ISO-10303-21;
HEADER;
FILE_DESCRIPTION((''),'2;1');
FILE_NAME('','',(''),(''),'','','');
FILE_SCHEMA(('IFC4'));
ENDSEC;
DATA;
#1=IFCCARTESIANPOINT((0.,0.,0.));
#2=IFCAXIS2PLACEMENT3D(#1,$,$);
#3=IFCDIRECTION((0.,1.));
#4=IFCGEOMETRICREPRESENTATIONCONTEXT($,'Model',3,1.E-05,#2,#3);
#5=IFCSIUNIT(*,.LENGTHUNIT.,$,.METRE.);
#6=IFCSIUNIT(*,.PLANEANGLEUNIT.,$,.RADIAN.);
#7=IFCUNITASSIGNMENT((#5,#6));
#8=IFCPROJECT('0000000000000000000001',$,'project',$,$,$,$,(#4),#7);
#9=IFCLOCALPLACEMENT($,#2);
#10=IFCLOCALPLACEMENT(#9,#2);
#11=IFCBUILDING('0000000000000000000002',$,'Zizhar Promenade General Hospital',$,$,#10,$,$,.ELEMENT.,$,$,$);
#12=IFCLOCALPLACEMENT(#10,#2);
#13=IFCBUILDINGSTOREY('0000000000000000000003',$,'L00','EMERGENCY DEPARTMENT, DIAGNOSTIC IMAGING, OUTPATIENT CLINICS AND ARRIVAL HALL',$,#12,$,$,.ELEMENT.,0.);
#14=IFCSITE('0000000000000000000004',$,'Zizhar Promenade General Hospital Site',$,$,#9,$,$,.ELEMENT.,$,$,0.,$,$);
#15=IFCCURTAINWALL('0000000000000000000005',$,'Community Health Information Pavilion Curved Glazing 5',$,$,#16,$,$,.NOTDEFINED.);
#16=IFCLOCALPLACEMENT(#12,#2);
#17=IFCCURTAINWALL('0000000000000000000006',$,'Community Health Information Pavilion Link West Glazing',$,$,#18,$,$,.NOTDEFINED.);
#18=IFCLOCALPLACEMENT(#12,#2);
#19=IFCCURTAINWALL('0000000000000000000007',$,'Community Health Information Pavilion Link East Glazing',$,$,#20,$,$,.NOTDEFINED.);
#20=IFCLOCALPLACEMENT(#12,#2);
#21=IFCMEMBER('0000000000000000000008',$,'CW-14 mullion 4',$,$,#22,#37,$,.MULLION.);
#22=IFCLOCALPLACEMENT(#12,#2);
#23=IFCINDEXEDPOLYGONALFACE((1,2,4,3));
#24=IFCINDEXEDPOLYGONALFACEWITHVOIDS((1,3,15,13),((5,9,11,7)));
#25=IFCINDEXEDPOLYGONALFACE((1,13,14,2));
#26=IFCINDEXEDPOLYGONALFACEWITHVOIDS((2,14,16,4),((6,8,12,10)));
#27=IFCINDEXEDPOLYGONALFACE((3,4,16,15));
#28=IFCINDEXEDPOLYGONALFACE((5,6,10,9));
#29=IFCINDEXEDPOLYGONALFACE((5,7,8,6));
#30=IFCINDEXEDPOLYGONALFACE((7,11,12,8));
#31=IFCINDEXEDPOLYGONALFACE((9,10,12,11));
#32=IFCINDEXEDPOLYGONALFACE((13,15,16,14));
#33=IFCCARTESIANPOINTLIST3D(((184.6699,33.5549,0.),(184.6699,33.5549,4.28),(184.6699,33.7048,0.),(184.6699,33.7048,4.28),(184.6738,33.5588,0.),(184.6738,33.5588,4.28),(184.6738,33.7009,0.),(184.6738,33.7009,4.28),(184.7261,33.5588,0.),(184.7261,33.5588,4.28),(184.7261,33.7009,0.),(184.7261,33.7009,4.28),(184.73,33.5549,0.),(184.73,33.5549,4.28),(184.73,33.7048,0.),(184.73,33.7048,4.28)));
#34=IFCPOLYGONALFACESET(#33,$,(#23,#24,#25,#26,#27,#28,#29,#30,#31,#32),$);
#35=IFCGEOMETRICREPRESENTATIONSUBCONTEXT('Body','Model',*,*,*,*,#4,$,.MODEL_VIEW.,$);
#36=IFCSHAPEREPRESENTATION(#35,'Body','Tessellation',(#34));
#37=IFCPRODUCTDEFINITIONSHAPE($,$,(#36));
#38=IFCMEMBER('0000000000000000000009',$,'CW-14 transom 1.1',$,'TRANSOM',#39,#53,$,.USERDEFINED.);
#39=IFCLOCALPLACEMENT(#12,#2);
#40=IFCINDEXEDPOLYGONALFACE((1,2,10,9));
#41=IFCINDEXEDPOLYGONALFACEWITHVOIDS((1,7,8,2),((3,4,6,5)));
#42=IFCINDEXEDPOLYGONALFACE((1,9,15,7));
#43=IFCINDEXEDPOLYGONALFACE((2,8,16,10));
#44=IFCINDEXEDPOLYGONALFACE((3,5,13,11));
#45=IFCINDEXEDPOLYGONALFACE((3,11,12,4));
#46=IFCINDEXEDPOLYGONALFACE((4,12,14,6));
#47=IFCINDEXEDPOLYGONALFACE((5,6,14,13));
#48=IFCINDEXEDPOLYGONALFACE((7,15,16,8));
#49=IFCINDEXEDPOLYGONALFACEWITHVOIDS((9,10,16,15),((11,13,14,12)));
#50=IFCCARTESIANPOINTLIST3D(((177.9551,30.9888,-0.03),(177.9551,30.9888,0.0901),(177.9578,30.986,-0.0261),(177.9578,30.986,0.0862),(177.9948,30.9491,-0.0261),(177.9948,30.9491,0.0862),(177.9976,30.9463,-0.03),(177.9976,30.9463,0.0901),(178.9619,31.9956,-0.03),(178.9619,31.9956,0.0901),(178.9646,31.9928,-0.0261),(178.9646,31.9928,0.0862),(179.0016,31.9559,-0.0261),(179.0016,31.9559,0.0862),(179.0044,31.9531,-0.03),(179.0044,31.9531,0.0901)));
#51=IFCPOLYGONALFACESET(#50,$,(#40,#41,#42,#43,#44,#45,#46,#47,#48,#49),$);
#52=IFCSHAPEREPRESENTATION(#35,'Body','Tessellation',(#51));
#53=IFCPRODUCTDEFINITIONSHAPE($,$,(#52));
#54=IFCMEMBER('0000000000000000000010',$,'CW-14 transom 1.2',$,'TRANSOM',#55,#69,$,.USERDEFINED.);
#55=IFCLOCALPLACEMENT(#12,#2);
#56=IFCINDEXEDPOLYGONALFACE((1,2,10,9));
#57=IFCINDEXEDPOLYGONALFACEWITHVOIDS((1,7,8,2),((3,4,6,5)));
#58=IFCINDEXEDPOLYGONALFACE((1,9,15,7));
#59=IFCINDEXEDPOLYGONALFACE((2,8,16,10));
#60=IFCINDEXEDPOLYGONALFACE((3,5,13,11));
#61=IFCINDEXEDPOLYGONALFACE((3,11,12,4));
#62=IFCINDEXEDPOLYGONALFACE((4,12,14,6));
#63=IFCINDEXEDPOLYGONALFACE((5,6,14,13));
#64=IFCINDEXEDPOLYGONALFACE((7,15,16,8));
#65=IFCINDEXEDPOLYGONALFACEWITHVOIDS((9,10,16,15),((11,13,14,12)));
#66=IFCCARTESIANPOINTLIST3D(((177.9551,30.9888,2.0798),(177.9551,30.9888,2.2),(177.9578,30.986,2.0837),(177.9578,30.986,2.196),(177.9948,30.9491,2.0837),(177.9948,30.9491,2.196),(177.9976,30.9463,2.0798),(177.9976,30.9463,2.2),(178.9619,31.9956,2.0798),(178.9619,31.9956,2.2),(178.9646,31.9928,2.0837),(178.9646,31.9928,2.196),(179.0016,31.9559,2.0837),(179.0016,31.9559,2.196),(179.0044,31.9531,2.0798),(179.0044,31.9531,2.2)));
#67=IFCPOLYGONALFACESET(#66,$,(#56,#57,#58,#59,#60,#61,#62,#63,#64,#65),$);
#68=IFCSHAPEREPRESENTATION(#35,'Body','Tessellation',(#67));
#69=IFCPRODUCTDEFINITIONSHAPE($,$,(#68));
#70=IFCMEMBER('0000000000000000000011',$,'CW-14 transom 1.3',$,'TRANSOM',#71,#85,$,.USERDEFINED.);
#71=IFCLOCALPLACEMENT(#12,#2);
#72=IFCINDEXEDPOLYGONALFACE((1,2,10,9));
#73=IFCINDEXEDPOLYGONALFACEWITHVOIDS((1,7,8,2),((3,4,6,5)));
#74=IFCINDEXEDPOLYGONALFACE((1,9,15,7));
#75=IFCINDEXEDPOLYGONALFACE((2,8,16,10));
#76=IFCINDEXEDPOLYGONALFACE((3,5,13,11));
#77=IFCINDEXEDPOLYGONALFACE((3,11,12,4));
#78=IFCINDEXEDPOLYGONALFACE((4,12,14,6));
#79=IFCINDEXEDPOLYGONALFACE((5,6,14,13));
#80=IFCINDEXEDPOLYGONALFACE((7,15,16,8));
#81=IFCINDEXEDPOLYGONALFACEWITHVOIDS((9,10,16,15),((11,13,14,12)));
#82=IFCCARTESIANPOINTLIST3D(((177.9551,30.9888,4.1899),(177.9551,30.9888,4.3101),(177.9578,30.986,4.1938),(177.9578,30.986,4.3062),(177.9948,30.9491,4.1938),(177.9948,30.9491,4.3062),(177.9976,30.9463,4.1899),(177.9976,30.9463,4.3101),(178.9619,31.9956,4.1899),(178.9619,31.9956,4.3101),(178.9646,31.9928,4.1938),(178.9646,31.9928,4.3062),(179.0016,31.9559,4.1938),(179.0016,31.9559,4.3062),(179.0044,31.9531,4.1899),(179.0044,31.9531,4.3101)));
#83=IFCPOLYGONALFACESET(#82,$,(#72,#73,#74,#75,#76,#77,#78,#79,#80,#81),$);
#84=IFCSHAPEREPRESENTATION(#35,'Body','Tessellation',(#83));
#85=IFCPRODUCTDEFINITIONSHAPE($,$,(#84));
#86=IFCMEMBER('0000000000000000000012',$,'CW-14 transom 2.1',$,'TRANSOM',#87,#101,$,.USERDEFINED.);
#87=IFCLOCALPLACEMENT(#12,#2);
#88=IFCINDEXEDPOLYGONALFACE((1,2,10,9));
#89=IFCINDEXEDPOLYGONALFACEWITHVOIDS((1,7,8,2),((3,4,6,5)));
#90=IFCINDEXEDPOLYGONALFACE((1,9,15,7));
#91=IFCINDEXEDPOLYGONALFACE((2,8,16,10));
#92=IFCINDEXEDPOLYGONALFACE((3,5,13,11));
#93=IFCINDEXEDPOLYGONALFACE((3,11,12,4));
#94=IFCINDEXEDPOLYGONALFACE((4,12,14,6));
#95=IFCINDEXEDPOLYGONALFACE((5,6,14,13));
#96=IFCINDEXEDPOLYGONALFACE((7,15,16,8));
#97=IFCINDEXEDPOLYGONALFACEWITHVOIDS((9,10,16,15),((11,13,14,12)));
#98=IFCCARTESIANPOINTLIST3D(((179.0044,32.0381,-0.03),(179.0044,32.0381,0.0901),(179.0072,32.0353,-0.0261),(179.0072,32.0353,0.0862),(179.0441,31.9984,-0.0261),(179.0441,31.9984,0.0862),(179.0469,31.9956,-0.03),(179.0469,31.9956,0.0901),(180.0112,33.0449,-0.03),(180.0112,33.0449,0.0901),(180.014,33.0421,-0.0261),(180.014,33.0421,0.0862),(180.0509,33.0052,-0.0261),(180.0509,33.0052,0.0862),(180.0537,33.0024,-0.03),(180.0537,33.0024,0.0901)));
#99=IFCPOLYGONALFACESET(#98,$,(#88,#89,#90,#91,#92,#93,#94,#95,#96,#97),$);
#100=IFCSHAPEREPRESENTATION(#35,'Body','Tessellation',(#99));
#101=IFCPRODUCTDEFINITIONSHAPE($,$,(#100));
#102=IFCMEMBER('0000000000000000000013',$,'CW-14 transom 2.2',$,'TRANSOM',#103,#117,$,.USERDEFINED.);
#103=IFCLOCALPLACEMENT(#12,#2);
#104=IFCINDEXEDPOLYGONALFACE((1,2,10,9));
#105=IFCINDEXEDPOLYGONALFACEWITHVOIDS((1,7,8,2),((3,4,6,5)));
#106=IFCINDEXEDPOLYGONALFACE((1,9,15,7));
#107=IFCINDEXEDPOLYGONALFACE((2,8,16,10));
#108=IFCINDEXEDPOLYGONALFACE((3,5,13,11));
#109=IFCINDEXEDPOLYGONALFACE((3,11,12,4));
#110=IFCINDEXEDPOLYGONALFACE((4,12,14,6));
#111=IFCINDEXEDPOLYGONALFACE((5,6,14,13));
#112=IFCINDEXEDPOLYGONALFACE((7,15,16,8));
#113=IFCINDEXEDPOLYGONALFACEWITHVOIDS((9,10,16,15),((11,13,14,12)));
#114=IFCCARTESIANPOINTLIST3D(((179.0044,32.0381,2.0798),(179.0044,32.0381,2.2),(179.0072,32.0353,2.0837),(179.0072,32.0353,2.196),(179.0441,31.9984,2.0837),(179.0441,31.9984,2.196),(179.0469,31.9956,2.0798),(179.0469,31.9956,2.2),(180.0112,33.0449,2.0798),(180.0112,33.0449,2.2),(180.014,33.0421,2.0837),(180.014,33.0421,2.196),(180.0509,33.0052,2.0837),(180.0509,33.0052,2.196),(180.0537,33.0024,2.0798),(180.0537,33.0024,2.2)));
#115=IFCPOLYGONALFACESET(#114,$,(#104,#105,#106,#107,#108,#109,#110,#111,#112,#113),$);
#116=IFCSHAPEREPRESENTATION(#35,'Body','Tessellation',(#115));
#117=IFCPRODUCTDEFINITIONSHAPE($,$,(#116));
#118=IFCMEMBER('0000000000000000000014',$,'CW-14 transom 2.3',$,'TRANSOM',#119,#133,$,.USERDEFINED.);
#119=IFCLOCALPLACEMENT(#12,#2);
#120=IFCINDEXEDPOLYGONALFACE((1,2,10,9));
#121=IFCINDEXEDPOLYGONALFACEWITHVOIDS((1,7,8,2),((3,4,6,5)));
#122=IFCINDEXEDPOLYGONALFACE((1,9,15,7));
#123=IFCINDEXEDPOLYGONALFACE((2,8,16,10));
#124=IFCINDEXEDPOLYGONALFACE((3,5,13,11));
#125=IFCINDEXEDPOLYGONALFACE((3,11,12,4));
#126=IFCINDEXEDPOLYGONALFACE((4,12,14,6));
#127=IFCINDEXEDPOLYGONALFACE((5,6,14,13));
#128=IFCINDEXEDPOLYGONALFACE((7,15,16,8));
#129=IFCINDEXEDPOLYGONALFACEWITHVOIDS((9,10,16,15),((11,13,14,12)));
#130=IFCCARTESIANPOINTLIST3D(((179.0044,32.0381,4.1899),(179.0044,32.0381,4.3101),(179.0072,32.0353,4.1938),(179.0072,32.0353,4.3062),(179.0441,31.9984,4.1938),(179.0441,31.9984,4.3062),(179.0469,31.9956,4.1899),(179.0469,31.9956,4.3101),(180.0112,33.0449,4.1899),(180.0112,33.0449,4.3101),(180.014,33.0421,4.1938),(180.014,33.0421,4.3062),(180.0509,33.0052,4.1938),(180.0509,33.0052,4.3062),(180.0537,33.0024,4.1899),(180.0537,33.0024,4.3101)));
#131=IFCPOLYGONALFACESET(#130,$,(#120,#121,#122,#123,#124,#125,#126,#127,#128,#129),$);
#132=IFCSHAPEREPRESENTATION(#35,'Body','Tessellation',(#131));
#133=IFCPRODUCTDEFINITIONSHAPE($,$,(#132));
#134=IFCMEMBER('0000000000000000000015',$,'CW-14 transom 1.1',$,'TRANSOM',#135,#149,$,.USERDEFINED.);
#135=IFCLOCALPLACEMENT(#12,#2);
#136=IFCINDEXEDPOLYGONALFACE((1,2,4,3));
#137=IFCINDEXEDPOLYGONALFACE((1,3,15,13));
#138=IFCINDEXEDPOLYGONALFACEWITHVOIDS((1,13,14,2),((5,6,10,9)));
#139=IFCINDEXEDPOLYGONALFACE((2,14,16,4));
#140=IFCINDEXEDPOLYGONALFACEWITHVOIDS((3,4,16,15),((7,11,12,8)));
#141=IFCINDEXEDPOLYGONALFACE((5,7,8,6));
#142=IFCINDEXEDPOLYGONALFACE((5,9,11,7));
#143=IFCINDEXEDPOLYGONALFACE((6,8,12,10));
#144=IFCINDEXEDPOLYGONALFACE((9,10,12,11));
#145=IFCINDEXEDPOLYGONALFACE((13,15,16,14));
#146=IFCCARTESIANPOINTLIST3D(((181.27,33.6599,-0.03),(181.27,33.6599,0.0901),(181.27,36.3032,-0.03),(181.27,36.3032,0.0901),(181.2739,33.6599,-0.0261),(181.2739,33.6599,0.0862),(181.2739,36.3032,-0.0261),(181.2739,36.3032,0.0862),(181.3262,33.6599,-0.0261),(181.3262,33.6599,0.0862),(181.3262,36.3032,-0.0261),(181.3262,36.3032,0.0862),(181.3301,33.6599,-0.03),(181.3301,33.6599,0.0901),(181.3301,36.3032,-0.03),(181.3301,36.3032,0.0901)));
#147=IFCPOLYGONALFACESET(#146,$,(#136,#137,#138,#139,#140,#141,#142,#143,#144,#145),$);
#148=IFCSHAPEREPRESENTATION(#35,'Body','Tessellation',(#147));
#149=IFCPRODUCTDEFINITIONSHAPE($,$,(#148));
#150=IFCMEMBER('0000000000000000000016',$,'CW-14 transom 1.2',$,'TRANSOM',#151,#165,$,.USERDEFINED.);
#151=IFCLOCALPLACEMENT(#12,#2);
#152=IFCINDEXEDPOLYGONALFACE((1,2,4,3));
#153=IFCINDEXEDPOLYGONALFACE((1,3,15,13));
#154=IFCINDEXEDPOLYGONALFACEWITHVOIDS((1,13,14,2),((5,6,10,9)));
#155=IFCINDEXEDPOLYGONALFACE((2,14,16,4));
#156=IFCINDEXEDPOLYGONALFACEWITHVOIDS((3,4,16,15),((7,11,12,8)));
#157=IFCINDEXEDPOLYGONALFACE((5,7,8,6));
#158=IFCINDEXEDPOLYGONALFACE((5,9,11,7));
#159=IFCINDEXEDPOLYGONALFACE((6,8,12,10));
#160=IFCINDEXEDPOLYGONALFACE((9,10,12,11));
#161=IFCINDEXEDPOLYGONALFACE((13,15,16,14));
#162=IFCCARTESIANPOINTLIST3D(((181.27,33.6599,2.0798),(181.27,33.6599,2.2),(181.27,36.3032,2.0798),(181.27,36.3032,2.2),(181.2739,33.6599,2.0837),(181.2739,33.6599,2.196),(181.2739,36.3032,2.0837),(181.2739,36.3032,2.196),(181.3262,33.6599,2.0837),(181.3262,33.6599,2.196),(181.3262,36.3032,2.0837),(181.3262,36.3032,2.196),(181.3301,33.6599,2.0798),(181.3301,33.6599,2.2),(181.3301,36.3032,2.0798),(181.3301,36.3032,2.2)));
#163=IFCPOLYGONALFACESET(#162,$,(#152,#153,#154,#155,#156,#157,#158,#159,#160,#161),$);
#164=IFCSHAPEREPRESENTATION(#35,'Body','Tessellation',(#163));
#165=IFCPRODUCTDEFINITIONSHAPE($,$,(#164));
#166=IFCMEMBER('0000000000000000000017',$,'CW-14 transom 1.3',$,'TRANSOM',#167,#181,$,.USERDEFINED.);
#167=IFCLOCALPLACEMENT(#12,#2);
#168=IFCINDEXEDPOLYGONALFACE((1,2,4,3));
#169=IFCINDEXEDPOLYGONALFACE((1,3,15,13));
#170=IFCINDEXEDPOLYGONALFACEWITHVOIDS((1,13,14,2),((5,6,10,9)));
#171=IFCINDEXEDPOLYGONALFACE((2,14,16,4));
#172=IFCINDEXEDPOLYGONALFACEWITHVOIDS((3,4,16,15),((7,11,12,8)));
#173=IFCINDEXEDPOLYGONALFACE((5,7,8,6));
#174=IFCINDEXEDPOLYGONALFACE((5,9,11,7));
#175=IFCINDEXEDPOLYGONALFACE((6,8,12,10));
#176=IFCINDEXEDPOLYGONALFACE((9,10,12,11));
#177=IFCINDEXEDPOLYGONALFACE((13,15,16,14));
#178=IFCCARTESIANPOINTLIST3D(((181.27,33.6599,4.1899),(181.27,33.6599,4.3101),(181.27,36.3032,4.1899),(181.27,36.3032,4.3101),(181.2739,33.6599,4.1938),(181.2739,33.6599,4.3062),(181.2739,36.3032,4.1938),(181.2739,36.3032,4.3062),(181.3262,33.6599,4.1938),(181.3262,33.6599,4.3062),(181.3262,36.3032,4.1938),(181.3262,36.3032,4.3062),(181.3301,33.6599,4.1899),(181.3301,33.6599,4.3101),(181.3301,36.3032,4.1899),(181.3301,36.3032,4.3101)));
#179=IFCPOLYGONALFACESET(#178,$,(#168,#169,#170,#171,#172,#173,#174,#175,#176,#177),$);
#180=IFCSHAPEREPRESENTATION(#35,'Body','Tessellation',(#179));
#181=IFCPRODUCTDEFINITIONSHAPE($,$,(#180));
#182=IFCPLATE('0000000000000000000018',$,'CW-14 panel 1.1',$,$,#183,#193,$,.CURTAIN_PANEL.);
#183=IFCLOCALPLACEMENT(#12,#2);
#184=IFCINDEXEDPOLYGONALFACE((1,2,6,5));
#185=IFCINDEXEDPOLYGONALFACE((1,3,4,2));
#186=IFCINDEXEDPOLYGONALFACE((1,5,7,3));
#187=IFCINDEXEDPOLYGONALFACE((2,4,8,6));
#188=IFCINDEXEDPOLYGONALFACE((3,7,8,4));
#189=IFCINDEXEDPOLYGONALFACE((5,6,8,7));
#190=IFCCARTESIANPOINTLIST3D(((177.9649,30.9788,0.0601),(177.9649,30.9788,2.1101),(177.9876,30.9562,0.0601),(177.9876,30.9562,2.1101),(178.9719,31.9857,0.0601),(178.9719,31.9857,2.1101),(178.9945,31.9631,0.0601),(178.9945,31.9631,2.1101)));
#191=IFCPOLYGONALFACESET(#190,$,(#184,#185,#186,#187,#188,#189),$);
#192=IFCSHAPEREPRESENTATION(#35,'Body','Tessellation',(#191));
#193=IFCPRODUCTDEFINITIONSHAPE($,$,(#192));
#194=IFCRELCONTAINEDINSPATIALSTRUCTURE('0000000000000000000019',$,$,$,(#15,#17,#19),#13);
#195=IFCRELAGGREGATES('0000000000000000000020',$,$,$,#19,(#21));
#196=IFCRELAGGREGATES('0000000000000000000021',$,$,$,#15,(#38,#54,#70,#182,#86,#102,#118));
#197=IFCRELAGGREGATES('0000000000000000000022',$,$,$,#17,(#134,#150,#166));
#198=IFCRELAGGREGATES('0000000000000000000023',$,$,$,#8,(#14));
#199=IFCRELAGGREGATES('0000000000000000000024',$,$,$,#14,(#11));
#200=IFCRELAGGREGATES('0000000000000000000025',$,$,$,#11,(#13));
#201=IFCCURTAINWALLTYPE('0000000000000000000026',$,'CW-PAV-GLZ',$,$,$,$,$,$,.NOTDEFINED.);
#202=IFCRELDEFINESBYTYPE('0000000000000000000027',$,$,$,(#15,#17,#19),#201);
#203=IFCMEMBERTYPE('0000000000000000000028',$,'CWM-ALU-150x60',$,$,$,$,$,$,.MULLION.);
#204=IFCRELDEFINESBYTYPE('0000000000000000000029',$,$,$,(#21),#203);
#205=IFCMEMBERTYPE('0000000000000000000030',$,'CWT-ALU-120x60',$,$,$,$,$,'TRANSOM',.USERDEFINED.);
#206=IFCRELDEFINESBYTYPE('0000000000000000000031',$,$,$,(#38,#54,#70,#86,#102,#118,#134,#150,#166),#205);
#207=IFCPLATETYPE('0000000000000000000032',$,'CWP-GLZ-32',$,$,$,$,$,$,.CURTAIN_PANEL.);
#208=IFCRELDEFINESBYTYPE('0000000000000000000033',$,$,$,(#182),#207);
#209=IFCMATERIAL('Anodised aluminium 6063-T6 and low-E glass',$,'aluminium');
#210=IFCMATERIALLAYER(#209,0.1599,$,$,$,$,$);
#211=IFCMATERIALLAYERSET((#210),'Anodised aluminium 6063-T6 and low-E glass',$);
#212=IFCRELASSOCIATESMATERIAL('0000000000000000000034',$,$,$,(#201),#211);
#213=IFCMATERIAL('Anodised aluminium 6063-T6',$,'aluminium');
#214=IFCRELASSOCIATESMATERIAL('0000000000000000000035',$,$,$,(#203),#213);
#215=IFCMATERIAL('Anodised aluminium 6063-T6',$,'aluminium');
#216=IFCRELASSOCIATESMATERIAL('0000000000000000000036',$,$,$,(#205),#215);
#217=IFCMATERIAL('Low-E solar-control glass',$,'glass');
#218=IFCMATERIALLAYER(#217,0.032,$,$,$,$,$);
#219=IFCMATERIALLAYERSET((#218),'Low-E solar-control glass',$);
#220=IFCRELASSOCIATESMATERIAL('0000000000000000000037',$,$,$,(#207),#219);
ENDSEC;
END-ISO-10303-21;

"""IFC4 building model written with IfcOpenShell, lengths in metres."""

from ifc_helpers import new_model, si_unit, direction, frame, origin, origin_2d, place, context, subcontext, project, spatial, rectangle, hollow_rectangle, extrude, material, layer, layer_set, material_profile, profile_set, type_object, element, aggregate, save


model = new_model("IFC4")

# Units and contexts
model_context = context("Model", 3, precision=1e-05, world=origin(), true_north=direction((0.0, 1.0)))
body_context = subcontext(model_context, "Body", "Model", "MODEL_VIEW")
ifc_project = project(units=[si_unit("LENGTHUNIT", "METRE"), si_unit("PLANEANGLEUNIT", "RADIAN")], contexts=[model_context])

# Site, building, storey
site_placement = place(None, origin())
site = spatial("IfcSite", under=ifc_project, at=site_placement, Name="Zizhar Promenade General Hospital Site", CompositionType="ELEMENT", RefElevation=0.0)
building_placement = place(site_placement, origin())
building = spatial("IfcBuilding", under=site, at=building_placement, Name="Zizhar Promenade General Hospital", CompositionType="ELEMENT")
storey_placement = place(building_placement, origin())
storey = spatial("IfcBuildingStorey", under=building, at=storey_placement, Name="L00", Description="EMERGENCY DEPARTMENT, DIAGNOSTIC IMAGING, OUTPATIENT CLINICS AND ARRIVAL HALL", CompositionType="ELEMENT", Elevation=0.0)

# Curtain wall
ifc_material_1 = material(Name="Anodised aluminium 6063-T6 and low-E glass", Category="aluminium")
ifc_layer_1 = layer(ifc_material_1, 0.1599)
ifc_layer_set_1 = layer_set([ifc_layer_1], Name="Anodised aluminium 6063-T6 and low-E glass")
curtain_wall_type = type_object("IfcCurtainWallType", Name="CW-PAV-GLZ", PredefinedType="NOTDEFINED", material=ifc_layer_set_1)
curtain_wall_1_placement = place(storey_placement, origin())
curtain_wall_1 = element("IfcCurtainWall", 1, at=curtain_wall_1_placement, inside=storey, type_object=curtain_wall_type, Name="Community Health Information Pavilion Curved Glazing 5", PredefinedType="NOTDEFINED")
ifc_material_2 = material(Name="Anodised aluminium 6063-T6", Category="aluminium")
ifc_material_profile_1 = material_profile(ifc_material_2, hollow_rectangle(XDim=0.0601, YDim=0.1499, WallThickness=0.0039, at=origin_2d()))
ifc_profile_set_1 = profile_set([ifc_material_profile_1], Name="Anodised aluminium 6063-T6")
member_type_1 = type_object("IfcMemberType", Name="CWM-ALU-150x60", PredefinedType="MULLION", material=ifc_profile_set_1)

# Curtain walls, member
curtain_wall_2_placement = place(storey_placement, origin())
curtain_wall_2 = element("IfcCurtainWall", 2, at=curtain_wall_2_placement, inside=storey, type_object=curtain_wall_type, Name="Community Health Information Pavilion Link West Glazing", PredefinedType="NOTDEFINED")
curtain_wall_3_placement = place(storey_placement, origin())
curtain_wall_3 = element("IfcCurtainWall", 3, at=curtain_wall_3_placement, inside=storey, type_object=curtain_wall_type, Name="Community Health Information Pavilion Link East Glazing", PredefinedType="NOTDEFINED")
member_1_placement = place(storey_placement, frame((184.7, 33.6299, 0.0), z_axis=(0.0, 0.0, 1.0), x_axis=(1.0, 0.0, 0.0)))
member_1 = element("IfcMember", 4, at=member_1_placement, type_object=member_type_1, Name="CW-14 mullion 4", PredefinedType="MULLION", context=body_context, shape_type="SweptSolid", body=[
    extrude(hollow_rectangle(XDim=0.0601, YDim=0.1499, WallThickness=0.0039, at=origin_2d()), origin(), (0.0, 0.0, 1.0), 4.28),
])
aggregate(curtain_wall_3, [member_1])

# Members
ifc_material_3 = material(Name="Anodised aluminium 6063-T6", Category="aluminium")
ifc_material_profile_2 = material_profile(ifc_material_3, hollow_rectangle(XDim=0.0601, YDim=0.1201, WallThickness=0.0039, at=origin_2d()))
ifc_profile_set_2 = profile_set([ifc_material_profile_2], Name="Anodised aluminium 6063-T6")
member_type_2 = type_object("IfcMemberType", Name="CWT-ALU-120x60", ElementType="TRANSOM", PredefinedType="USERDEFINED", material=ifc_profile_set_2)
member_2_placement = place(storey_placement, frame((177.9763, 30.9675, 0.03), z_axis=(0.707107, 0.707107, 0.0), x_axis=(-0.707107, 0.707107, 0.0)))
member_2 = element("IfcMember", 5, at=member_2_placement, type_object=member_type_2, Name="CW-14 transom 1.1", ObjectType="TRANSOM", PredefinedType="USERDEFINED", context=body_context, shape_type="SweptSolid", body=[
    extrude(hollow_rectangle(XDim=0.0601, YDim=0.1201, WallThickness=0.0039, at=origin_2d()), origin(), (0.0, 0.0, 1.0), 1.4238),
])
member_3_placement = place(storey_placement, frame((177.9763, 30.9675, 2.1399), z_axis=(0.707107, 0.707107, 0.0), x_axis=(-0.707107, 0.707107, 0.0)))
member_3 = element("IfcMember", 6, at=member_3_placement, type_object=member_type_2, Name="CW-14 transom 1.2", ObjectType="TRANSOM", PredefinedType="USERDEFINED", context=body_context, shape_type="SweptSolid", body=[
    extrude(hollow_rectangle(XDim=0.0601, YDim=0.1201, WallThickness=0.0039, at=origin_2d()), origin(), (0.0, 0.0, 1.0), 1.4238),
])
member_4_placement = place(storey_placement, frame((177.9763, 30.9675, 4.25), z_axis=(0.707107, 0.707107, 0.0), x_axis=(-0.707107, 0.707107, 0.0)))
member_4 = element("IfcMember", 7, at=member_4_placement, type_object=member_type_2, Name="CW-14 transom 1.3", ObjectType="TRANSOM", PredefinedType="USERDEFINED", context=body_context, shape_type="SweptSolid", body=[
    extrude(hollow_rectangle(XDim=0.0601, YDim=0.1201, WallThickness=0.0039, at=origin_2d()), origin(), (0.0, 0.0, 1.0), 1.4238),
])
member_5_placement = place(storey_placement, frame((179.0256, 32.0168, 0.03), z_axis=(0.707107, 0.707107, 0.0), x_axis=(-0.707107, 0.707107, 0.0)))
member_5 = element("IfcMember", 8, at=member_5_placement, type_object=member_type_2, Name="CW-14 transom 2.1", ObjectType="TRANSOM", PredefinedType="USERDEFINED", context=body_context, shape_type="SweptSolid", body=[
    extrude(hollow_rectangle(XDim=0.0601, YDim=0.1201, WallThickness=0.0039, at=origin_2d()), origin(), (0.0, 0.0, 1.0), 1.4238),
])
member_6_placement = place(storey_placement, frame((179.0256, 32.0168, 2.1399), z_axis=(0.707107, 0.707107, 0.0), x_axis=(-0.707107, 0.707107, 0.0)))
member_6 = element("IfcMember", 9, at=member_6_placement, type_object=member_type_2, Name="CW-14 transom 2.2", ObjectType="TRANSOM", PredefinedType="USERDEFINED", context=body_context, shape_type="SweptSolid", body=[
    extrude(hollow_rectangle(XDim=0.0601, YDim=0.1201, WallThickness=0.0039, at=origin_2d()), origin(), (0.0, 0.0, 1.0), 1.4238),
])
member_7_placement = place(storey_placement, frame((179.0256, 32.0168, 4.25), z_axis=(0.707107, 0.707107, 0.0), x_axis=(-0.707107, 0.707107, 0.0)))
member_7 = element("IfcMember", 10, at=member_7_placement, type_object=member_type_2, Name="CW-14 transom 2.3", ObjectType="TRANSOM", PredefinedType="USERDEFINED", context=body_context, shape_type="SweptSolid", body=[
    extrude(hollow_rectangle(XDim=0.0601, YDim=0.1201, WallThickness=0.0039, at=origin_2d()), origin(), (0.0, 0.0, 1.0), 1.4238),
])
member_8_placement = place(storey_placement, frame((181.3, 33.6599, 0.03), z_axis=(0.0, 1.0, 0.0), x_axis=(-1.0, 0.0, 0.0)))
member_8 = element("IfcMember", 11, at=member_8_placement, type_object=member_type_2, Name="CW-14 transom 1.1", ObjectType="TRANSOM", PredefinedType="USERDEFINED", context=body_context, shape_type="SweptSolid", body=[
    extrude(hollow_rectangle(XDim=0.0601, YDim=0.1201, WallThickness=0.0039, at=origin_2d()), origin(), (0.0, 0.0, 1.0), 2.6433),
])
member_9_placement = place(storey_placement, frame((181.3, 33.6599, 2.1399), z_axis=(0.0, 1.0, 0.0), x_axis=(-1.0, 0.0, 0.0)))
member_9 = element("IfcMember", 12, at=member_9_placement, type_object=member_type_2, Name="CW-14 transom 1.2", ObjectType="TRANSOM", PredefinedType="USERDEFINED", context=body_context, shape_type="SweptSolid", body=[
    extrude(hollow_rectangle(XDim=0.0601, YDim=0.1201, WallThickness=0.0039, at=origin_2d()), origin(), (0.0, 0.0, 1.0), 2.6433),
])
member_10_placement = place(storey_placement, frame((181.3, 33.6599, 4.25), z_axis=(0.0, 1.0, 0.0), x_axis=(-1.0, 0.0, 0.0)))
member_10 = element("IfcMember", 13, at=member_10_placement, type_object=member_type_2, Name="CW-14 transom 1.3", ObjectType="TRANSOM", PredefinedType="USERDEFINED", context=body_context, shape_type="SweptSolid", body=[
    extrude(hollow_rectangle(XDim=0.0601, YDim=0.1201, WallThickness=0.0039, at=origin_2d()), origin(), (0.0, 0.0, 1.0), 2.6433),
])

# Plate
ifc_material_4 = material(Name="Low-E solar-control glass", Category="glass")
ifc_layer_2 = layer(ifc_material_4, 0.032)
ifc_layer_set_2 = layer_set([ifc_layer_2], Name="Low-E solar-control glass")
plate_type = type_object("IfcPlateType", Name="CWP-GLZ-32", PredefinedType="CURTAIN_PANEL", material=ifc_layer_set_2)
plate_1_placement = place(storey_placement, frame((178.4797, 31.4709, 0.0601), z_axis=(0.0, 0.0, 1.0), x_axis=(0.707107, 0.707107, 0.0)))
plate_1 = element("IfcPlate", 14, at=plate_1_placement, type_object=plate_type, Name="CW-14 panel 1.1", PredefinedType="CURTAIN_PANEL", context=body_context, shape_type="SweptSolid", body=[
    extrude(rectangle(XDim=1.4241, YDim=0.032, at=origin_2d()), origin(), (0.0, 0.0, 1.0), 2.05),
])
aggregate(curtain_wall_1, [member_2, member_3, member_4, plate_1, member_5, member_6, member_7])
aggregate(curtain_wall_2, [member_8, member_9, member_10])

save(model, "model.ifc")
